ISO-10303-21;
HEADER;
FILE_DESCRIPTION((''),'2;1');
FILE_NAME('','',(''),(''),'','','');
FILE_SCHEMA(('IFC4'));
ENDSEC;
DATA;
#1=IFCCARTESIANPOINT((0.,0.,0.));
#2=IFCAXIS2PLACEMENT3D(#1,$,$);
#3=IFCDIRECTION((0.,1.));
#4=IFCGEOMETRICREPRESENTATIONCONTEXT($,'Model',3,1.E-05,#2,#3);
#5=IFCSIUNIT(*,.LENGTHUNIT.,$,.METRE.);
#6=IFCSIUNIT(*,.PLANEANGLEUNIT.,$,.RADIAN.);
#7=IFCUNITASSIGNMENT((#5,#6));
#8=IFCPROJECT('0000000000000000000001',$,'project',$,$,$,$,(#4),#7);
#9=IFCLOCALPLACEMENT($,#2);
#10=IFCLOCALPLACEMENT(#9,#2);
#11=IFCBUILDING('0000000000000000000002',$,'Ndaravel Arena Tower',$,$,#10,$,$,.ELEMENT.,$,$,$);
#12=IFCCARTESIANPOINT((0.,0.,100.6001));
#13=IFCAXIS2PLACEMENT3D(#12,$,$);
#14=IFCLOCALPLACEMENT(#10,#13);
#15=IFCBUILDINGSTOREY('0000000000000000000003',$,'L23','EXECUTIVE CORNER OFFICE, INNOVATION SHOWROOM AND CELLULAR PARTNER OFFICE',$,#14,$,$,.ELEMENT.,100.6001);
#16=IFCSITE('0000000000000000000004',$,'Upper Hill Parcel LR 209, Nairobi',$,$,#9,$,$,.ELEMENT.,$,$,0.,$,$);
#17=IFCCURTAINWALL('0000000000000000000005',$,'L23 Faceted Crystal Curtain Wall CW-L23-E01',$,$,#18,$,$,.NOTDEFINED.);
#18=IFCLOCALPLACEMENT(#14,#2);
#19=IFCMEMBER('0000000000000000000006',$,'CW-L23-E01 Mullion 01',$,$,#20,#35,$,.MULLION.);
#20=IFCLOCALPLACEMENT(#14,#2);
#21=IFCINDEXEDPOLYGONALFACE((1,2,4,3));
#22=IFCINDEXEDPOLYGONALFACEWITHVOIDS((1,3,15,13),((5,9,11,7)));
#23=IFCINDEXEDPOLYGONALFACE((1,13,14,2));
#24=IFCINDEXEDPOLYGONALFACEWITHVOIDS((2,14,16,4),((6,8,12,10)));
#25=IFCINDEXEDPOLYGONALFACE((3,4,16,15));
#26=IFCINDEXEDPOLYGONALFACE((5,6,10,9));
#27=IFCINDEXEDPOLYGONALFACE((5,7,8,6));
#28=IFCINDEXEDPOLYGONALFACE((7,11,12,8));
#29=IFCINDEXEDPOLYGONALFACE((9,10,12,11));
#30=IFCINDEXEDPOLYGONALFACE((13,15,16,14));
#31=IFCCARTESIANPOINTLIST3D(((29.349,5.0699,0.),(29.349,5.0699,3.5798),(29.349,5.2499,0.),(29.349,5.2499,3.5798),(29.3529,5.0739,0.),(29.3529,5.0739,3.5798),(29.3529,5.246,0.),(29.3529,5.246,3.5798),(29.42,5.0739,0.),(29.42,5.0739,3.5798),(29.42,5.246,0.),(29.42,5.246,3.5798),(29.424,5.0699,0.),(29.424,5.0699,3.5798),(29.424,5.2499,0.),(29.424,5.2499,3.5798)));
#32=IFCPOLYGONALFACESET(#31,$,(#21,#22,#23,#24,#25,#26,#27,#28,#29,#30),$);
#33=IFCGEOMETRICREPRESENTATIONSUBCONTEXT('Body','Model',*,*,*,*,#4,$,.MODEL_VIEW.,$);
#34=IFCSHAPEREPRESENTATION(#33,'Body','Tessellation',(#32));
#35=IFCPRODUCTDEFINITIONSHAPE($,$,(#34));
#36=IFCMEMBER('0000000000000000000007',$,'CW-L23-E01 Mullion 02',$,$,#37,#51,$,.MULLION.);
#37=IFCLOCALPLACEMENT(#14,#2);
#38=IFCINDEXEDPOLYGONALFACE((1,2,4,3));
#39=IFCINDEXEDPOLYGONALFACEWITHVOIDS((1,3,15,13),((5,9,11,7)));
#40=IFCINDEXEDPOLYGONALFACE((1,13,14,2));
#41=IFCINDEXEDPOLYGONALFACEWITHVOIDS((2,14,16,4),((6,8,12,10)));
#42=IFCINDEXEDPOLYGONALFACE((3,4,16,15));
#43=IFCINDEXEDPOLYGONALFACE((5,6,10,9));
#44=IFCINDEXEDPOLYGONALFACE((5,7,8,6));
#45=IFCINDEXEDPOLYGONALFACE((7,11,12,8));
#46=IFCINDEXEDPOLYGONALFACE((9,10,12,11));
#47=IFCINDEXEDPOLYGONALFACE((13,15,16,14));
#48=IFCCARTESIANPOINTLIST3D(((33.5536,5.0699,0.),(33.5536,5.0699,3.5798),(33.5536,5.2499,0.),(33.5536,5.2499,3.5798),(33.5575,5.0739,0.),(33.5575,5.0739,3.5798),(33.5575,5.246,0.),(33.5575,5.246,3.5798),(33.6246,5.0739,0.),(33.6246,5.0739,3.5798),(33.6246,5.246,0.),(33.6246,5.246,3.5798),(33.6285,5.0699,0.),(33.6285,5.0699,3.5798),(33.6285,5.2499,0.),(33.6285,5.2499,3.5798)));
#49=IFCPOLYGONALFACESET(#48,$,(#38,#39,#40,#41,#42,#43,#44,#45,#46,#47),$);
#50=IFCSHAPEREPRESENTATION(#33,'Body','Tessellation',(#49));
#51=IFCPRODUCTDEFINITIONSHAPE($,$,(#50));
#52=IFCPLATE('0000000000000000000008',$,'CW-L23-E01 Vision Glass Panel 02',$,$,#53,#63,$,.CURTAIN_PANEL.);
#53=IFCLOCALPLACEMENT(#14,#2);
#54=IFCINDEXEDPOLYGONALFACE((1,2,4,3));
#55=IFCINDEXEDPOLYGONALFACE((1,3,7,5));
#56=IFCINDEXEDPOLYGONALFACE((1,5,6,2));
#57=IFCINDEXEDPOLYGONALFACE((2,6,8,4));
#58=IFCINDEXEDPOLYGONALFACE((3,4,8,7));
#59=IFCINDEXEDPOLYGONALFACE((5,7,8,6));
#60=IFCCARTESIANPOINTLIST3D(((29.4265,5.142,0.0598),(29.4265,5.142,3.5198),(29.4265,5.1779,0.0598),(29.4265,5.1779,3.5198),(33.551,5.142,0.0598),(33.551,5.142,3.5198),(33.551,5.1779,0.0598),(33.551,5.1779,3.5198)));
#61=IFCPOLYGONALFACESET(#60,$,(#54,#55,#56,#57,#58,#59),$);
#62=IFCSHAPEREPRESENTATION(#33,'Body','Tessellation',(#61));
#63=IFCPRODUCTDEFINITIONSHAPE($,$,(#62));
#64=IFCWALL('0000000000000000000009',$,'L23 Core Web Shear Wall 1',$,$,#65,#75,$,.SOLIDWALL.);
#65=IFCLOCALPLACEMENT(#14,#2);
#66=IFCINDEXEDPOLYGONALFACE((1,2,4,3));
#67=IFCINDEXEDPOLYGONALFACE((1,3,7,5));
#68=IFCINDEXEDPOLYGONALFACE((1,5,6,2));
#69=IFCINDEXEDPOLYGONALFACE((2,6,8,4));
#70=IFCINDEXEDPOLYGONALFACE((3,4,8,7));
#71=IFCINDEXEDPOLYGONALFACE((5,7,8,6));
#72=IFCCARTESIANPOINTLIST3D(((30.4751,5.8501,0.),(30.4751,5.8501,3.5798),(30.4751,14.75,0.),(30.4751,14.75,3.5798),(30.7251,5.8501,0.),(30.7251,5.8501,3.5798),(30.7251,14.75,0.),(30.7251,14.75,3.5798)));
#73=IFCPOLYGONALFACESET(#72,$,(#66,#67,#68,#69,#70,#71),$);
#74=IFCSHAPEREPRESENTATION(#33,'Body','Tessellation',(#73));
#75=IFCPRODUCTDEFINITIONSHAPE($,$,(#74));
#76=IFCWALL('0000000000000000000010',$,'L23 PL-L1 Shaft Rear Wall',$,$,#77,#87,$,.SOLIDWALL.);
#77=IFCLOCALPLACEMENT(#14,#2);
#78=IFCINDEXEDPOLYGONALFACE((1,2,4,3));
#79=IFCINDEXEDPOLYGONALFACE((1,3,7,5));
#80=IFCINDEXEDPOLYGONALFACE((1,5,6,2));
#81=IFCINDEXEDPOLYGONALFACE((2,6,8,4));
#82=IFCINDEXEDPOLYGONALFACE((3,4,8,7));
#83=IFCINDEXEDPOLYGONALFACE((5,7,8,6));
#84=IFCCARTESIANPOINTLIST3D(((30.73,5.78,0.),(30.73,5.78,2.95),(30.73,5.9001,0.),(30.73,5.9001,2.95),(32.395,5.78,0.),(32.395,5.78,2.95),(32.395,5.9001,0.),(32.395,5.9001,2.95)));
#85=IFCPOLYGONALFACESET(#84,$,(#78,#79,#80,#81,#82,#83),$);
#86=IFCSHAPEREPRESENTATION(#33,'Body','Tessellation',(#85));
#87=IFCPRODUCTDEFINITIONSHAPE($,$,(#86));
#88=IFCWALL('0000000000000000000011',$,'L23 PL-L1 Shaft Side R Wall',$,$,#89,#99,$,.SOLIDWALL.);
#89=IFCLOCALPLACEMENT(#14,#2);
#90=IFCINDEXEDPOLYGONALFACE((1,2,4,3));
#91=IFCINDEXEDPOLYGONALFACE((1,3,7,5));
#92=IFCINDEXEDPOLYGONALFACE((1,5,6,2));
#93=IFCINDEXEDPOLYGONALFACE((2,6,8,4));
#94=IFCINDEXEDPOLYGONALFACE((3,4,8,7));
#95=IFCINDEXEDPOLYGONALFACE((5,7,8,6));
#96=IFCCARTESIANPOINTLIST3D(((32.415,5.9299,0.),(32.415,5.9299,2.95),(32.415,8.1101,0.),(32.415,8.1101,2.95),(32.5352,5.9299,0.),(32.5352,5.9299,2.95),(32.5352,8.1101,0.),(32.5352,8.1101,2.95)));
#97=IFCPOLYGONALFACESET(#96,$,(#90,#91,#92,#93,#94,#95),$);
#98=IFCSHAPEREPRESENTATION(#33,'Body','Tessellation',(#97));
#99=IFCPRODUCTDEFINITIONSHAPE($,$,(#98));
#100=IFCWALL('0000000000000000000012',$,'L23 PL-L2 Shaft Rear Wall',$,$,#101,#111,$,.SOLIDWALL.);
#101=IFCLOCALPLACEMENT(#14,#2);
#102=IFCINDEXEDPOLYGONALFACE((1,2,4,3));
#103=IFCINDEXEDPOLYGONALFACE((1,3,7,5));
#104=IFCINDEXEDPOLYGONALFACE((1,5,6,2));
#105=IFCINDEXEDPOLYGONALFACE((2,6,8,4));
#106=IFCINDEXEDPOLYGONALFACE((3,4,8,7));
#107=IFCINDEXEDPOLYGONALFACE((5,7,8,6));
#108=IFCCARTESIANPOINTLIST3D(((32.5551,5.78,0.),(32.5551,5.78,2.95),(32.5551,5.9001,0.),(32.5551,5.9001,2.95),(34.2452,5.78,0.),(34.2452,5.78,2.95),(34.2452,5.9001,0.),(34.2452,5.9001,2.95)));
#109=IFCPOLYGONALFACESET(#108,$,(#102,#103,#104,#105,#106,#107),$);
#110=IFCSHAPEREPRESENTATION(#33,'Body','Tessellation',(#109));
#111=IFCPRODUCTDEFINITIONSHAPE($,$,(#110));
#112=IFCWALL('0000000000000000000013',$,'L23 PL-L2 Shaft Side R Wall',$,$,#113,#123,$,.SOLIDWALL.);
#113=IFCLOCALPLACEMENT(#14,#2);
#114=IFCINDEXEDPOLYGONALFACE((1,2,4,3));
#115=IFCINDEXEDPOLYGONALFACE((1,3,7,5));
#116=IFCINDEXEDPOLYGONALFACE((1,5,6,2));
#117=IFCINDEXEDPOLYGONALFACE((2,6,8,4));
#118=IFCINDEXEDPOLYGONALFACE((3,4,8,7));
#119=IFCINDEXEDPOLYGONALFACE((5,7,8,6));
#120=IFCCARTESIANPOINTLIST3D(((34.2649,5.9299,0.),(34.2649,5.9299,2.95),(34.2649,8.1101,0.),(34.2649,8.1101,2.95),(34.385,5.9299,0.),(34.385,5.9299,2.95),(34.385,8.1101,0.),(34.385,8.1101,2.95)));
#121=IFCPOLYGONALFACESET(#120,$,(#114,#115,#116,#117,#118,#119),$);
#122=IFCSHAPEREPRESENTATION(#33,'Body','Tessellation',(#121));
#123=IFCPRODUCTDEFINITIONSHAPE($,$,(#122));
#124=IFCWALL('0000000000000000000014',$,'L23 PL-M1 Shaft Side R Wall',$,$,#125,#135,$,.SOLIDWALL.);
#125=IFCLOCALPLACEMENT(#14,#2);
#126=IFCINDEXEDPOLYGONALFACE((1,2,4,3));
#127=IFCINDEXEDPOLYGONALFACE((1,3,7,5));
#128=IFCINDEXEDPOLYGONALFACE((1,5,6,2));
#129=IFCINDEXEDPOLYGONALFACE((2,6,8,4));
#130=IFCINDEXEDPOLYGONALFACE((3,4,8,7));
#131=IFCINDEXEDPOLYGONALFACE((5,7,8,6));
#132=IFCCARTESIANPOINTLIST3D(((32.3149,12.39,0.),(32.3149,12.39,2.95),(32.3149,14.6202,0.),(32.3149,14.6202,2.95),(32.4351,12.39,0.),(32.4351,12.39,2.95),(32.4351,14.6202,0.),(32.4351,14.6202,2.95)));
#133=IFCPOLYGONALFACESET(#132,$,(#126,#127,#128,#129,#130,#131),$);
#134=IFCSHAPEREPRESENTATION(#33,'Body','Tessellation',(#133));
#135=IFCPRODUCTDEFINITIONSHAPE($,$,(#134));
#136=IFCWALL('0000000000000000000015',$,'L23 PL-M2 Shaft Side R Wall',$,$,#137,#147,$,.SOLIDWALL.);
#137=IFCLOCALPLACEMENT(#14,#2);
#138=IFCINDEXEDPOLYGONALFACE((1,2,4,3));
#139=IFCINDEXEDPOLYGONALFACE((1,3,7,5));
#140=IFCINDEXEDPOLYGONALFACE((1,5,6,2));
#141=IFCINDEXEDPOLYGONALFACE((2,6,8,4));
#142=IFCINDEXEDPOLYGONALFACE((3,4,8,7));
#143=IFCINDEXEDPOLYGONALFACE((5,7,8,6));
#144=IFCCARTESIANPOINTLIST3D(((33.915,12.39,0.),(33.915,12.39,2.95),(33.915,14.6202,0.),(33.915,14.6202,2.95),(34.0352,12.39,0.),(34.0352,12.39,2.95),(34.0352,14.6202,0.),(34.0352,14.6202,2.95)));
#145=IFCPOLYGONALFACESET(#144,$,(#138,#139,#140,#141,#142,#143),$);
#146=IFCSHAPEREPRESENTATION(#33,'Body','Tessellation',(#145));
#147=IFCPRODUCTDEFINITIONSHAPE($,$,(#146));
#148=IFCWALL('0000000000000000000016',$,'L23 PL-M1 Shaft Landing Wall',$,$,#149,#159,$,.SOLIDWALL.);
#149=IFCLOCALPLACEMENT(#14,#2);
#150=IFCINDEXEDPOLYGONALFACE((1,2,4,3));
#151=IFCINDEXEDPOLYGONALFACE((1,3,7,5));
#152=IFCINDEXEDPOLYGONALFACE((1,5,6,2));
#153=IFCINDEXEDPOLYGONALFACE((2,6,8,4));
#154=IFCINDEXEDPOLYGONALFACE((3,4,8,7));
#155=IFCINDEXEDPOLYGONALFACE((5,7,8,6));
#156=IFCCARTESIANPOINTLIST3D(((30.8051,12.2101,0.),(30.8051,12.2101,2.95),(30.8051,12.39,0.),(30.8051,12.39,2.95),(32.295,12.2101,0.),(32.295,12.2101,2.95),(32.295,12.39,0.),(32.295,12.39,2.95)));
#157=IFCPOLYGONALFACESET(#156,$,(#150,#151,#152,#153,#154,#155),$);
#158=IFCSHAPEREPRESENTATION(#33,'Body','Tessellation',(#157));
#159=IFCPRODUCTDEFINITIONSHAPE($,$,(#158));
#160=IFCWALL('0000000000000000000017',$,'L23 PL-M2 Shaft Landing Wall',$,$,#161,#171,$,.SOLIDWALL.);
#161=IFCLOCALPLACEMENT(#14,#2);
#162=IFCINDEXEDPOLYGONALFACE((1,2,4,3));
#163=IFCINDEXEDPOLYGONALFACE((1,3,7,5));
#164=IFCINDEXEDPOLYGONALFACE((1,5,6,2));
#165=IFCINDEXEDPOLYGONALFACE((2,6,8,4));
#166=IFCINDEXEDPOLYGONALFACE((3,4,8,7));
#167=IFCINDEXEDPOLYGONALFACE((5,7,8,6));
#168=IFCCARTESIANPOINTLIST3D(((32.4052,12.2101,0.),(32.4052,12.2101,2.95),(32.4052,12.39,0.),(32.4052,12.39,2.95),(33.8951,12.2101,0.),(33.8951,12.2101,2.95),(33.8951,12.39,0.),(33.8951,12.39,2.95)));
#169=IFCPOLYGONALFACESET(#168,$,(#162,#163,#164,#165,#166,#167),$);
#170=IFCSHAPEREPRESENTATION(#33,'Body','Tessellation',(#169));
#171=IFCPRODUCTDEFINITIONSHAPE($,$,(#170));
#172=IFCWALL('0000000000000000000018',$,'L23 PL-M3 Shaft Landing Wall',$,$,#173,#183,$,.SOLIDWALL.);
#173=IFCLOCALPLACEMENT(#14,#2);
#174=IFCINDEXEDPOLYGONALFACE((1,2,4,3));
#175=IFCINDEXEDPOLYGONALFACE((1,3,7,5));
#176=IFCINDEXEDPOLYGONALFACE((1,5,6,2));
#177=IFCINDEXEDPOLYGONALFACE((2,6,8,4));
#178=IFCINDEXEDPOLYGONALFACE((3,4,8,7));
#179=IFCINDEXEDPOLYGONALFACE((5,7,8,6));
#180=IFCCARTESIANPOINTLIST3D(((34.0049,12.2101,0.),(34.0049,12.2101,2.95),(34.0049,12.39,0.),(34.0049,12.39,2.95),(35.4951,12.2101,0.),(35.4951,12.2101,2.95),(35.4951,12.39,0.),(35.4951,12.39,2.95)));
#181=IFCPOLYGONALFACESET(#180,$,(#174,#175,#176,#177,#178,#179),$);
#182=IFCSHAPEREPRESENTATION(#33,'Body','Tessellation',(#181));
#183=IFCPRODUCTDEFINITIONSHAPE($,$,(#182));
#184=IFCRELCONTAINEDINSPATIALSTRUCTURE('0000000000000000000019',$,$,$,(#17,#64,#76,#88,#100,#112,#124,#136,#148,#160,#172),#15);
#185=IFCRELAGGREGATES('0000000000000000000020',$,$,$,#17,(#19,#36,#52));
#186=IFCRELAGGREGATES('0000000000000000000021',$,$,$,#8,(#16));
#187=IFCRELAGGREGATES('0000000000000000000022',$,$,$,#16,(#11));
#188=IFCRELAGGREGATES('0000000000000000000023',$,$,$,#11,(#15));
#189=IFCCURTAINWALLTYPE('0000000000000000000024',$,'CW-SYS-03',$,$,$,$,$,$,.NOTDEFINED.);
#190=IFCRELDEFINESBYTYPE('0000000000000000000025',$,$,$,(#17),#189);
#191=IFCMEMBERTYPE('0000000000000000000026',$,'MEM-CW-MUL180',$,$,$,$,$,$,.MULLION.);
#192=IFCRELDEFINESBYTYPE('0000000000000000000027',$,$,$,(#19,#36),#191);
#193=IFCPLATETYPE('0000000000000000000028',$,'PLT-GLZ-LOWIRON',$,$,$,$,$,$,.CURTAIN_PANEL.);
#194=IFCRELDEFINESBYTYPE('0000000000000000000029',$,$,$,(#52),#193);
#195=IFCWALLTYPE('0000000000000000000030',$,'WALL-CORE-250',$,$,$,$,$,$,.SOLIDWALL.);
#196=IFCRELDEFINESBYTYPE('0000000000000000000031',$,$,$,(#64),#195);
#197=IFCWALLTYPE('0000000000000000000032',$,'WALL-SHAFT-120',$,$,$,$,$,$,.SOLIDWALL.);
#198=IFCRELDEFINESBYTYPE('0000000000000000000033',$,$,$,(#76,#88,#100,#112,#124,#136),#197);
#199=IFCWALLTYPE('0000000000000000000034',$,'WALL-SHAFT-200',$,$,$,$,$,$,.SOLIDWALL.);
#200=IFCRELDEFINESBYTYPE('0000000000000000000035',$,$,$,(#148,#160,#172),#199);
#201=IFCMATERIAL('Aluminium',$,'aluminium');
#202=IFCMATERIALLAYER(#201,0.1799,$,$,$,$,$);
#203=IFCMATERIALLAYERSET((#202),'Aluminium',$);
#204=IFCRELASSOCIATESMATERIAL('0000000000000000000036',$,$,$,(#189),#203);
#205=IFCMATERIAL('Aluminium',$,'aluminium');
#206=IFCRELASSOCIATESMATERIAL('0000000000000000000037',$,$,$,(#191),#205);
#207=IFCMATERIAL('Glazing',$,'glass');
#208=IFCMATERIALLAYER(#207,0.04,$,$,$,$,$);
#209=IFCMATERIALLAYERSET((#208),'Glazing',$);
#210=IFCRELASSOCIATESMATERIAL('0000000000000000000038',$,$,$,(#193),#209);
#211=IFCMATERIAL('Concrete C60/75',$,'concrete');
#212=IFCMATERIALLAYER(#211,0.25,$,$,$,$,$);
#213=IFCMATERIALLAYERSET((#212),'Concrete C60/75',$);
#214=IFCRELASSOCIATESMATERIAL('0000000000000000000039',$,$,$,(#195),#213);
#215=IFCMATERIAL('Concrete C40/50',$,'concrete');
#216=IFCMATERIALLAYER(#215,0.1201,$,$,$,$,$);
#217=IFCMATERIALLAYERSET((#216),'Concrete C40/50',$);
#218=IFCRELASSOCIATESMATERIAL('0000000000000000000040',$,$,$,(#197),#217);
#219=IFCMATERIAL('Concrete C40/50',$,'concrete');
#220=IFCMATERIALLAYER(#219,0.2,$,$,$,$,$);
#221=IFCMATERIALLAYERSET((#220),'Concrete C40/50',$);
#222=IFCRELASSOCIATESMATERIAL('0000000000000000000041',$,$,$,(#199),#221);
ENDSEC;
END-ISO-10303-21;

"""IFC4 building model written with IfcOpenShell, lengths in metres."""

from ifc_helpers import new_model, si_unit, direction, frame, frame_2d, origin, origin_2d, place, context, subcontext, project, spatial, rectangle, hollow_rectangle, extrude, material, layer, layer_set, material_profile, profile_set, type_object, element, aggregate, save


model = new_model("IFC4")

# Units and contexts
model_context = context("Model", 3, precision=1e-05, world=origin(), true_north=direction((0.0, 1.0)))
body_context = subcontext(model_context, "Body", "Model", "MODEL_VIEW")
ifc_project = project(units=[si_unit("LENGTHUNIT", "METRE"), si_unit("PLANEANGLEUNIT", "RADIAN")], contexts=[model_context])

# Site, building, storey
site_placement = place(None, origin())
site = spatial("IfcSite", under=ifc_project, at=site_placement, Name="Upper Hill Parcel LR 209, Nairobi", CompositionType="ELEMENT", RefElevation=0.0)
building_placement = place(site_placement, origin())
building = spatial("IfcBuilding", under=site, at=building_placement, Name="Ndaravel Arena Tower", CompositionType="ELEMENT")
storey_placement = place(building_placement, frame((0.0, 0.0, 100.6001)))
storey = spatial("IfcBuildingStorey", under=building, at=storey_placement, Name="L23", Description="EXECUTIVE CORNER OFFICE, INNOVATION SHOWROOM AND CELLULAR PARTNER OFFICE", CompositionType="ELEMENT", Elevation=100.6001)

# Curtain wall, members, plate
ifc_material_1 = material(Name="Aluminium", Category="aluminium")
ifc_layer_1 = layer(ifc_material_1, 0.1799)
ifc_layer_set_1 = layer_set([ifc_layer_1], Name="Aluminium")
curtain_wall_type = type_object("IfcCurtainWallType", Name="CW-SYS-03", PredefinedType="NOTDEFINED", material=ifc_layer_set_1)
curtain_wall_placement = place(storey_placement, origin())
curtain_wall = element("IfcCurtainWall", 1, at=curtain_wall_placement, inside=storey, type_object=curtain_wall_type, Name="L23 Faceted Crystal Curtain Wall CW-L23-E01", PredefinedType="NOTDEFINED")
ifc_material_2 = material(Name="Aluminium", Category="aluminium")
ifc_material_profile = material_profile(ifc_material_2, hollow_rectangle(XDim=0.075, YDim=0.1799, WallThickness=0.0039, at=origin_2d()), Name="CW MULLION 75x180x4")
ifc_profile_set = profile_set([ifc_material_profile], Name="Aluminium")
member_type = type_object("IfcMemberType", Name="MEM-CW-MUL180", PredefinedType="MULLION", material=ifc_profile_set)
member_1_placement = place(storey_placement, frame((29.3865, 5.1599, 0.0), z_axis=(0.0, 0.0, 1.0), x_axis=(1.0, 0.0, 0.0)))
member_1 = element("IfcMember", 2, at=member_1_placement, type_object=member_type, Name="CW-L23-E01 Mullion 01", PredefinedType="MULLION", context=body_context, shape_type="SweptSolid", body=[
    extrude(hollow_rectangle(XDim=0.075, YDim=0.1799, WallThickness=0.0039, at=origin_2d()), origin(), (0.0, 0.0, 1.0), 3.5798),
])
member_2_placement = place(storey_placement, frame((33.5911, 5.1599, 0.0), z_axis=(0.0, 0.0, 1.0), x_axis=(1.0, 0.0, 0.0)))
member_2 = element("IfcMember", 3, at=member_2_placement, type_object=member_type, Name="CW-L23-E01 Mullion 02", PredefinedType="MULLION", context=body_context, shape_type="SweptSolid", body=[
    extrude(hollow_rectangle(XDim=0.075, YDim=0.1799, WallThickness=0.0039, at=origin_2d()), origin(), (0.0, 0.0, 1.0), 3.5798),
])
ifc_material_3 = material(Name="Glazing", Category="glass")
ifc_layer_2 = layer(ifc_material_3, 0.04)
ifc_layer_set_2 = layer_set([ifc_layer_2], Name="Glazing")
plate_type = type_object("IfcPlateType", Name="PLT-GLZ-LOWIRON", PredefinedType="CURTAIN_PANEL", material=ifc_layer_set_2)
plate_placement = place(storey_placement, frame((31.4888, 5.1599, 0.0598), z_axis=(0.0, 0.0, 1.0), x_axis=(1.0, 0.0, 0.0)))
plate = element("IfcPlate", 4, at=plate_placement, type_object=plate_type, Name="CW-L23-E01 Vision Glass Panel 02", PredefinedType="CURTAIN_PANEL", context=body_context, shape_type="SweptSolid", body=[
    extrude(rectangle(XDim=4.1245, YDim=0.0359, at=origin_2d()), origin(), (0.0, 0.0, 1.0), 3.46),
])
aggregate(curtain_wall, [member_1, member_2, plate])

# Walls
ifc_material_4 = material(Name="Concrete C60/75", Category="concrete")
ifc_layer_3 = layer(ifc_material_4, 0.25)
ifc_layer_set_3 = layer_set([ifc_layer_3], Name="Concrete C60/75")
wall_type_1 = type_object("IfcWallType", Name="WALL-CORE-250", PredefinedType="SOLIDWALL", material=ifc_layer_set_3)
wall_1_placement = place(storey_placement, frame((30.6001, 5.8501, 0.0), z_axis=(0.0, 0.0, 1.0), x_axis=(0.0, 1.0, 0.0)))
element("IfcWall", 5, at=wall_1_placement, inside=storey, type_object=wall_type_1, Name="L23 Core Web Shear Wall 1", PredefinedType="SOLIDWALL", context=body_context, shape_type="SweptSolid", body=[
    extrude(rectangle(XDim=8.8999, YDim=0.25, at=frame_2d((4.45, 0.0))), origin(), (0.0, 0.0, 1.0), 3.5798),
])
ifc_material_5 = material(Name="Concrete C40/50", Category="concrete")
ifc_layer_4 = layer(ifc_material_5, 0.1201)
ifc_layer_set_4 = layer_set([ifc_layer_4], Name="Concrete C40/50")
wall_type_2 = type_object("IfcWallType", Name="WALL-SHAFT-120", PredefinedType="SOLIDWALL", material=ifc_layer_set_4)
wall_2_placement = place(storey_placement, frame((30.73, 5.8401, 0.0), z_axis=(0.0, 0.0, 1.0), x_axis=(1.0, 0.0, 0.0)))
element("IfcWall", 6, at=wall_2_placement, inside=storey, type_object=wall_type_2, Name="L23 PL-L1 Shaft Rear Wall", PredefinedType="SOLIDWALL", context=body_context, shape_type="SweptSolid", body=[
    extrude(rectangle(XDim=1.665, YDim=0.1201, at=frame_2d((0.8325, 0.0))), origin(), (0.0, 0.0, 1.0), 2.95),
])
wall_3_placement = place(storey_placement, frame((32.4751, 5.9299, 0.0), z_axis=(0.0, 0.0, 1.0), x_axis=(0.0, 1.0, 0.0)))
element("IfcWall", 7, at=wall_3_placement, inside=storey, type_object=wall_type_2, Name="L23 PL-L1 Shaft Side R Wall", PredefinedType="SOLIDWALL", context=body_context, shape_type="SweptSolid", body=[
    extrude(rectangle(XDim=2.1802, YDim=0.1201, at=frame_2d((1.0901, 0.0))), origin(), (0.0, 0.0, 1.0), 2.95),
])
wall_4_placement = place(storey_placement, frame((32.5549, 5.8401, 0.0), z_axis=(0.0, 0.0, 1.0), x_axis=(1.0, 0.0, 0.0)))
element("IfcWall", 8, at=wall_4_placement, inside=storey, type_object=wall_type_2, Name="L23 PL-L2 Shaft Rear Wall", PredefinedType="SOLIDWALL", context=body_context, shape_type="SweptSolid", body=[
    extrude(rectangle(XDim=1.6902, YDim=0.1201, at=frame_2d((0.8452, 0.0))), origin(), (0.0, 0.0, 1.0), 2.95),
])
wall_5_placement = place(storey_placement, frame((34.325, 5.9299, 0.0), z_axis=(0.0, 0.0, 1.0), x_axis=(0.0, 1.0, 0.0)))
element("IfcWall", 9, at=wall_5_placement, inside=storey, type_object=wall_type_2, Name="L23 PL-L2 Shaft Side R Wall", PredefinedType="SOLIDWALL", context=body_context, shape_type="SweptSolid", body=[
    extrude(rectangle(XDim=2.1802, YDim=0.1201, at=frame_2d((1.0901, 0.0))), origin(), (0.0, 0.0, 1.0), 2.95),
])
for number, where, z_axis, x_axis, name in (
    (10, (32.375, 12.3899, 0.0), (0.0, 0.0, 1.0), (0.0, 1.0, 0.0), "L23 PL-M1 Shaft Side R Wall"),
    (11, (33.9751, 12.3899, 0.0), (0.0, 0.0, 1.0), (0.0, 1.0, 0.0), "L23 PL-M2 Shaft Side R Wall"),
):
    element("IfcWall", number, at=place(storey_placement, frame(where, z_axis=z_axis, x_axis=x_axis)), inside=storey, type_object=wall_type_2, Name=name, PredefinedType="SOLIDWALL", context=body_context, shape_type="SweptSolid", body=[
        extrude(rectangle(XDim=2.2302, YDim=0.1201, at=frame_2d((1.1152, 0.0))), origin(), (0.0, 0.0, 1.0), 2.95),
    ])

# Shared definitions
ifc_material_6 = material(Name="Concrete C40/50", Category="concrete")
ifc_layer_5 = layer(ifc_material_6, 0.2)
ifc_layer_set_5 = layer_set([ifc_layer_5], Name="Concrete C40/50")
wall_type_3 = type_object("IfcWallType", Name="WALL-SHAFT-200", PredefinedType="SOLIDWALL", material=ifc_layer_set_5)

# Walls
for number, where, z_axis, x_axis, name in (
    (12, (30.8049, 12.3, 0.0), (0.0, 0.0, 1.0), (1.0, 0.0, 0.0), "L23 PL-M1 Shaft Landing Wall"),
    (13, (32.405, 12.3, 0.0), (0.0, 0.0, 1.0), (1.0, 0.0, 0.0), "L23 PL-M2 Shaft Landing Wall"),
):
    element("IfcWall", number, at=place(storey_placement, frame(where, z_axis=z_axis, x_axis=x_axis)), inside=storey, type_object=wall_type_3, Name=name, PredefinedType="SOLIDWALL", context=body_context, shape_type="SweptSolid", body=[
        extrude(rectangle(XDim=1.49, YDim=0.1799, at=frame_2d((0.7451, 0.0))), origin(), (0.0, 0.0, 1.0), 2.95),
    ])
wall_6_placement = place(storey_placement, frame((34.0049, 12.3, 0.0), z_axis=(0.0, 0.0, 1.0), x_axis=(1.0, 0.0, 0.0)))
element("IfcWall", 14, at=wall_6_placement, inside=storey, type_object=wall_type_3, Name="L23 PL-M3 Shaft Landing Wall", PredefinedType="SOLIDWALL", context=body_context, shape_type="SweptSolid", body=[
    extrude(rectangle(XDim=1.4902, YDim=0.1799, at=frame_2d((0.7451, 0.0))), origin(), (0.0, 0.0, 1.0), 2.95),
])

save(model, "model.ifc")
